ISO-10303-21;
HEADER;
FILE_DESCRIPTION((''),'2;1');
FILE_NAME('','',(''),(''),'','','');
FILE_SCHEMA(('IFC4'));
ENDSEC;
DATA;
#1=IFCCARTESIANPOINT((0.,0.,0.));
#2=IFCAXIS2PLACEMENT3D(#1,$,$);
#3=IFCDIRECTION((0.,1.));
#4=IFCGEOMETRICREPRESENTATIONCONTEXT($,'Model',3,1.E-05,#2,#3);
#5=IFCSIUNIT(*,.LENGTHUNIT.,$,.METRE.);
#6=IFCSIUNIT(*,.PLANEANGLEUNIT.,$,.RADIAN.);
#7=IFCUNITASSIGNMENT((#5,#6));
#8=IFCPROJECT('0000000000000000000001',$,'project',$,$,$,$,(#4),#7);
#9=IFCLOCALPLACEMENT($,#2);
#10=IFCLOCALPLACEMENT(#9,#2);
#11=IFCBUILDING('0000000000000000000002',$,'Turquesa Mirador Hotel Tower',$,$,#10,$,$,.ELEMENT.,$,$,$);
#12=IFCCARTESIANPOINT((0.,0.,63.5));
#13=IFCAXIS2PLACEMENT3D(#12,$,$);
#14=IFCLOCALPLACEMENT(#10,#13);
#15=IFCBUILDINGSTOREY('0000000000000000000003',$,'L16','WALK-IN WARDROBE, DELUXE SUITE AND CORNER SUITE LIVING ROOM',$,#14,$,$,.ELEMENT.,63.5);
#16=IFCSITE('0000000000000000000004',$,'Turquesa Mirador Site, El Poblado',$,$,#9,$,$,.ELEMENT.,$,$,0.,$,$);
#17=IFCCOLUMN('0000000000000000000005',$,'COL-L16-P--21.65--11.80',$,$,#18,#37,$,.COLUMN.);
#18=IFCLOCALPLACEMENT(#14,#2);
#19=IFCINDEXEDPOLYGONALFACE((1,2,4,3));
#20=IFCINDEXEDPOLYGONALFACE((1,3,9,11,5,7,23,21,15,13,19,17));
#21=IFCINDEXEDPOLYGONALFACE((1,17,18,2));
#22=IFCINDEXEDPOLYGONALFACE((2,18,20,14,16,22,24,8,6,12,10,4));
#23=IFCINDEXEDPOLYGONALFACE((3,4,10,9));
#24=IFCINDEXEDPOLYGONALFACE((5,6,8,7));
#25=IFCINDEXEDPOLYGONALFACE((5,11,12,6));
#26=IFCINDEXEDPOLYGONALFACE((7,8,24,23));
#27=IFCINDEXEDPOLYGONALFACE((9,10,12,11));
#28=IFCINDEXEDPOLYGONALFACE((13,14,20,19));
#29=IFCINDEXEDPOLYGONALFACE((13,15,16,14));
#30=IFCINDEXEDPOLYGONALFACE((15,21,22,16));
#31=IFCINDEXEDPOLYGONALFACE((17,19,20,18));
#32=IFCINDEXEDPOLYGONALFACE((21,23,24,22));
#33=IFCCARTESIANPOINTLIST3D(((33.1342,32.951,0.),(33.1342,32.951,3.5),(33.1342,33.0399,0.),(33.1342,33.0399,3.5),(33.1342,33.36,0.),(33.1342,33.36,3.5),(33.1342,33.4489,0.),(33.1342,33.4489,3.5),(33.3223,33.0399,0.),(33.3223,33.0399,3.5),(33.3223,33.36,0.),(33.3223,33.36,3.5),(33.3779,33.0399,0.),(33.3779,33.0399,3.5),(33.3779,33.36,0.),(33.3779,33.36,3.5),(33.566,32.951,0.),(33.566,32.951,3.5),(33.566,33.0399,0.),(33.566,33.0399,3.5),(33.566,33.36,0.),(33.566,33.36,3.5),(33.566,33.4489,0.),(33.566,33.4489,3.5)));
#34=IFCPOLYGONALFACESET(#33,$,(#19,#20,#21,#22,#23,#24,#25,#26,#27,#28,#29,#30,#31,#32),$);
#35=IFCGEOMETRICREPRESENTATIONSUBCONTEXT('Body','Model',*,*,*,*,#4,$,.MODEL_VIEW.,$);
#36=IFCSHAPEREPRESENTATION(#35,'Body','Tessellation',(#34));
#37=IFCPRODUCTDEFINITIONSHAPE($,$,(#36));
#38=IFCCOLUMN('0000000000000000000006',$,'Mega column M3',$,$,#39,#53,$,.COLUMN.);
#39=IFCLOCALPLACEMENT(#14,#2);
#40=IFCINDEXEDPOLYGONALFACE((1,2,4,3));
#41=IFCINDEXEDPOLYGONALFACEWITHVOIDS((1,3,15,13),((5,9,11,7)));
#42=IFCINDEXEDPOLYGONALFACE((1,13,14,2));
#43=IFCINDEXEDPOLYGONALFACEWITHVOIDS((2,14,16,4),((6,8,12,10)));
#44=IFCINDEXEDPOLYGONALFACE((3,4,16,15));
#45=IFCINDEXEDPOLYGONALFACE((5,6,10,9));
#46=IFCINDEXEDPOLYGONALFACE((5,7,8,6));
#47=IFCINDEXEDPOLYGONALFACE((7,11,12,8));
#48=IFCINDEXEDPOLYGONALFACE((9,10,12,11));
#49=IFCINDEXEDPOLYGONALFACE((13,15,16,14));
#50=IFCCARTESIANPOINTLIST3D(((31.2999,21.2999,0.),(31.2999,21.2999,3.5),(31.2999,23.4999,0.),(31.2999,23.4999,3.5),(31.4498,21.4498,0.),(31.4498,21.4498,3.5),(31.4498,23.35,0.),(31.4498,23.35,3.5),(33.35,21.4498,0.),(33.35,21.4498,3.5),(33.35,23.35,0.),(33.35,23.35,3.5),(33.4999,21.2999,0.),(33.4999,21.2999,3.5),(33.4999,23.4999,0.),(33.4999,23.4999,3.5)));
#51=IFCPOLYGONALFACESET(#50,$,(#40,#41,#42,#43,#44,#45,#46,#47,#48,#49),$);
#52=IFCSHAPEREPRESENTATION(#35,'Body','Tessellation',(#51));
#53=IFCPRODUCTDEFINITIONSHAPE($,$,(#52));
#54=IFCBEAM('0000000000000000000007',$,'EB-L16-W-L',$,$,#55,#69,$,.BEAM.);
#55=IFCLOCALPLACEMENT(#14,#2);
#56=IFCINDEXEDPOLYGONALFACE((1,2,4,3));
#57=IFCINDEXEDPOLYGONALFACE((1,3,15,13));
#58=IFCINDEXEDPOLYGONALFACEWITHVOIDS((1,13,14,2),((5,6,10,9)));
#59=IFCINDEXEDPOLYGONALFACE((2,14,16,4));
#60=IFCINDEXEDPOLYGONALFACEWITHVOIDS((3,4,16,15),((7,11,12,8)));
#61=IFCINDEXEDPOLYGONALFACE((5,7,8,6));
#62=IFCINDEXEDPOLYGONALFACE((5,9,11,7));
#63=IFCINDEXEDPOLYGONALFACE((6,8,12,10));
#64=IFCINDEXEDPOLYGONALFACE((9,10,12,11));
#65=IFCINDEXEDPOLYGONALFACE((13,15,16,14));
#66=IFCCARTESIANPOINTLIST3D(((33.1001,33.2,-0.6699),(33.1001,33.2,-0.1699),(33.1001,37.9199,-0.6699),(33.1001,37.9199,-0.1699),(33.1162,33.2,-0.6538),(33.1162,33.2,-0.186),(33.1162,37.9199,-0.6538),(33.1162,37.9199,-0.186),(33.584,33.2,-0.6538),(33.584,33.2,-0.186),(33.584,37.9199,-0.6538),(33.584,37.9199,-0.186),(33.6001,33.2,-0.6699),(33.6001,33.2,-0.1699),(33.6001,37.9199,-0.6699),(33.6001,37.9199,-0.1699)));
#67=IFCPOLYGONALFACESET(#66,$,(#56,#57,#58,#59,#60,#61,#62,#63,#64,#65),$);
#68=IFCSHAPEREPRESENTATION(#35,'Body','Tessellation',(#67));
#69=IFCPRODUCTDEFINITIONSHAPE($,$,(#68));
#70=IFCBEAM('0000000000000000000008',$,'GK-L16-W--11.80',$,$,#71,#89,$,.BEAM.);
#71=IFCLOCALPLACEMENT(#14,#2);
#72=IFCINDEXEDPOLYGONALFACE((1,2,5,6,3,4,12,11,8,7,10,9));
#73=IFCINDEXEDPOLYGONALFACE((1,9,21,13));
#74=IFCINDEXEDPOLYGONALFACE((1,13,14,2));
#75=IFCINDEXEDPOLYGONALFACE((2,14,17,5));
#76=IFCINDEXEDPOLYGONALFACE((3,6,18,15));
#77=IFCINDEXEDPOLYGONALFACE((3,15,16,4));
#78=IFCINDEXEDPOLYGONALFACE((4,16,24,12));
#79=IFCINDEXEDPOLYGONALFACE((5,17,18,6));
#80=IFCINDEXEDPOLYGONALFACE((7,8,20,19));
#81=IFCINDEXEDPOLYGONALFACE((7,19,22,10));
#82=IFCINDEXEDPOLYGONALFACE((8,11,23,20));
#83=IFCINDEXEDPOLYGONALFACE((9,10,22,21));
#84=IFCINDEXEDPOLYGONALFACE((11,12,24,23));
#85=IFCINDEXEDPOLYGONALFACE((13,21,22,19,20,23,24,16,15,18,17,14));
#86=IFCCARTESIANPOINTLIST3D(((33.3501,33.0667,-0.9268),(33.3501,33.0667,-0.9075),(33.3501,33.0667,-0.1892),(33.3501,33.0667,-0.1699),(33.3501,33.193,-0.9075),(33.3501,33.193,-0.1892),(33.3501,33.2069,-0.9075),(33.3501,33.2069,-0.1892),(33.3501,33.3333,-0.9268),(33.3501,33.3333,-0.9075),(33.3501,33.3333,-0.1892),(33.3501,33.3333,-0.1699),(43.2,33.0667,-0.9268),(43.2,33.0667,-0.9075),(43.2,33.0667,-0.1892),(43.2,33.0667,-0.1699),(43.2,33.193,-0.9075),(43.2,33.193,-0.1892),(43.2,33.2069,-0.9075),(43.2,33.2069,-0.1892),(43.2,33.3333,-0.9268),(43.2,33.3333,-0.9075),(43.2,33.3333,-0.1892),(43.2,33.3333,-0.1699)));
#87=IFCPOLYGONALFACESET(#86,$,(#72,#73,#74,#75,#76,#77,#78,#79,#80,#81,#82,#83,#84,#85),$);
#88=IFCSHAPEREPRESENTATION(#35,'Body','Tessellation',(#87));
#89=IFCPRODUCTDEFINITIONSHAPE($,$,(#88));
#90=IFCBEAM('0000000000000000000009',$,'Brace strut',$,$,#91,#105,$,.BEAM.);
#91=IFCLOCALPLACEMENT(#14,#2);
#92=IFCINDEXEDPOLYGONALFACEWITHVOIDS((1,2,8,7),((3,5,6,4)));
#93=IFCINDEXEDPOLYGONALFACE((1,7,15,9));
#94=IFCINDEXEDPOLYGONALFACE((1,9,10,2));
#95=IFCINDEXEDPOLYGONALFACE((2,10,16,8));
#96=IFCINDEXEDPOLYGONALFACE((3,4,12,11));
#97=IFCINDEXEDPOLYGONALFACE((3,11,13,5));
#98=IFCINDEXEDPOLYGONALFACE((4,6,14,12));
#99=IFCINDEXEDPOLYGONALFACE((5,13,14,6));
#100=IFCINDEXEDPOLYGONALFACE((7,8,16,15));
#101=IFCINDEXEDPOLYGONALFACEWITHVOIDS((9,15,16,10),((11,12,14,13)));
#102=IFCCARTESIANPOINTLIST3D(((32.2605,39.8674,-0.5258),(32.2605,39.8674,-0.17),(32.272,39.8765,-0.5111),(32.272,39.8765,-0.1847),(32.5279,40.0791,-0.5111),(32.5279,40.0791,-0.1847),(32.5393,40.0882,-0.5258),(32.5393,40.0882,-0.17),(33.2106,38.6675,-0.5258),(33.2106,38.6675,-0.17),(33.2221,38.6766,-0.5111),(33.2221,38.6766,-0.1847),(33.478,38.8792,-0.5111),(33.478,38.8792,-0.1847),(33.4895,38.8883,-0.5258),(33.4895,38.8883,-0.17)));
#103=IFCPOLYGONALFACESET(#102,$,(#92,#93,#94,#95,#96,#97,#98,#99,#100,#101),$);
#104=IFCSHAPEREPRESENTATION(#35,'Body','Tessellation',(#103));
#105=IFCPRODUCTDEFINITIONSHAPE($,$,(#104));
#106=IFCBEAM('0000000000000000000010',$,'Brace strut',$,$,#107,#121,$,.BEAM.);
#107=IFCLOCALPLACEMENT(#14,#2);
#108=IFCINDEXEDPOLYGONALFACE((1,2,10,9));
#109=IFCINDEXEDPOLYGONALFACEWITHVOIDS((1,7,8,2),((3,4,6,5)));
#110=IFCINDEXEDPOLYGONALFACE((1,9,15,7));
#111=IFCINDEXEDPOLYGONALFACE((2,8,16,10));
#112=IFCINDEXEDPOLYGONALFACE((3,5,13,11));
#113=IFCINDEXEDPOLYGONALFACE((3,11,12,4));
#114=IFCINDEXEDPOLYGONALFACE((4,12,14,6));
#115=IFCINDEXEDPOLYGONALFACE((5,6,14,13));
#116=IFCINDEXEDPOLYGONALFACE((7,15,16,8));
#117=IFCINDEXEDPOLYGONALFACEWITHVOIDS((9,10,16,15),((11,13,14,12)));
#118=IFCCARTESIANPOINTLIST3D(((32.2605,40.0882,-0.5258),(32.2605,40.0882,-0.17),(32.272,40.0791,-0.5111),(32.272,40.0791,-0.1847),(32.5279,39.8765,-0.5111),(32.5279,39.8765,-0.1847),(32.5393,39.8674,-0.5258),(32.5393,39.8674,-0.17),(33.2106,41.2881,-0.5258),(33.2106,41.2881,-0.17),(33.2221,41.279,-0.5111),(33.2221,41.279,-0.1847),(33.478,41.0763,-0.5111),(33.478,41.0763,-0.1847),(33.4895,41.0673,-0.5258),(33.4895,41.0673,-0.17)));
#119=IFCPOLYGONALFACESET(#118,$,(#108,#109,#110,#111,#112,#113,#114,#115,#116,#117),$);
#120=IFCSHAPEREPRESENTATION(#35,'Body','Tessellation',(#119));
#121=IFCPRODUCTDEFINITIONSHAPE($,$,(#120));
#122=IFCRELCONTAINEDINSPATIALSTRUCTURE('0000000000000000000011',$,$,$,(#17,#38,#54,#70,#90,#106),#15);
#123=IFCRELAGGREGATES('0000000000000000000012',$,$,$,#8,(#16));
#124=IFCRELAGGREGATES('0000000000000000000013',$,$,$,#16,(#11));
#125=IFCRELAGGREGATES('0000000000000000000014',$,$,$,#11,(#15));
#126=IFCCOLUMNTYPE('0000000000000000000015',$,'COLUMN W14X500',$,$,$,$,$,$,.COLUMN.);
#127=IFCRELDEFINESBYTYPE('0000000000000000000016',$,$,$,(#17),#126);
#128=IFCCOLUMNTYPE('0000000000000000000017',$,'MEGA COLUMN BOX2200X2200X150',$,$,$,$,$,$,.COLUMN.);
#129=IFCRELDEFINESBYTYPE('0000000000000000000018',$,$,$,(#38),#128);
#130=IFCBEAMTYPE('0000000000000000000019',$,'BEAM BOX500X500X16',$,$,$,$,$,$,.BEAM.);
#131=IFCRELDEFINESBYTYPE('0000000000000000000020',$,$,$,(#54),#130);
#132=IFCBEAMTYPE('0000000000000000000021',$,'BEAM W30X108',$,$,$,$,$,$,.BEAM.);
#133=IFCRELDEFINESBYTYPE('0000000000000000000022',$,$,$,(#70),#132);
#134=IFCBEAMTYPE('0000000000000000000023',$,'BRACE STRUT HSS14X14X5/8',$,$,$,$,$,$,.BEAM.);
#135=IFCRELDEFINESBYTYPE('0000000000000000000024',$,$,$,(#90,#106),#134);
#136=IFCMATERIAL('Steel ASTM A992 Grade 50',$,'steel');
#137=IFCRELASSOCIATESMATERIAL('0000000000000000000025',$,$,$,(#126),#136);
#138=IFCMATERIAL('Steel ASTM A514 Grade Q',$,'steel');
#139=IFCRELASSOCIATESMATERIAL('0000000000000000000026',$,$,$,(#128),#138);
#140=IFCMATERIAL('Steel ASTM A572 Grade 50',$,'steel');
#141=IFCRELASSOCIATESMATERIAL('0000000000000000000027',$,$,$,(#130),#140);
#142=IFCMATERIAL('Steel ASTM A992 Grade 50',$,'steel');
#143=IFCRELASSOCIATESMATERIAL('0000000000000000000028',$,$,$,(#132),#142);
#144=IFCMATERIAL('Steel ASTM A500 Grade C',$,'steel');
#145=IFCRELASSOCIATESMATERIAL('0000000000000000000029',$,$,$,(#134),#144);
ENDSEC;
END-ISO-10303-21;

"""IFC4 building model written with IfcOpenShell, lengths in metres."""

from ifc_helpers import new_model, si_unit, direction, frame, origin, origin_2d, place, context, subcontext, project, spatial, hollow_rectangle, i_section, extrude, material, material_profile, profile_set, type_object, element, save


model = new_model("IFC4")

# Units and contexts
model_context = context("Model", 3, precision=1e-05, world=origin(), true_north=direction((0.0, 1.0)))
body_context = subcontext(model_context, "Body", "Model", "MODEL_VIEW")
ifc_project = project(units=[si_unit("LENGTHUNIT", "METRE"), si_unit("PLANEANGLEUNIT", "RADIAN")], contexts=[model_context])

# Site, building, storey
site_placement = place(None, origin())
site = spatial("IfcSite", under=ifc_project, at=site_placement, Name="Turquesa Mirador Site, El Poblado", CompositionType="ELEMENT", RefElevation=0.0)
building_placement = place(site_placement, origin())
building = spatial("IfcBuilding", under=site, at=building_placement, Name="Turquesa Mirador Hotel Tower", CompositionType="ELEMENT")
storey_placement = place(building_placement, frame((0.0, 0.0, 63.5)))
storey = spatial("IfcBuildingStorey", under=building, at=storey_placement, Name="L16", Description="WALK-IN WARDROBE, DELUXE SUITE AND CORNER SUITE LIVING ROOM", CompositionType="ELEMENT", Elevation=63.5)

# Columns
ifc_material_1 = material(Name="Steel ASTM A992 Grade 50", Category="steel")
ifc_material_profile_1 = material_profile(ifc_material_1, i_section(OverallWidth=0.4319, OverallDepth=0.4978, WebThickness=0.0557, FlangeThickness=0.0889, at=origin_2d()), Name="W14X500")
ifc_profile_set_1 = profile_set([ifc_material_profile_1], Name="Steel ASTM A992 Grade 50")
column_type_1 = type_object("IfcColumnType", Name="COLUMN W14X500", PredefinedType="COLUMN", material=ifc_profile_set_1)
column_1_placement = place(storey_placement, frame((33.3501, 33.2, 0.0), z_axis=(0.0, 0.0, 1.0), x_axis=(1.0, 0.0, 0.0)))
element("IfcColumn", 1, at=column_1_placement, inside=storey, type_object=column_type_1, Name="COL-L16-P--21.65--11.80", PredefinedType="COLUMN", context=body_context, shape_type="SweptSolid", body=[
    extrude(i_section(OverallWidth=0.4319, OverallDepth=0.4978, WebThickness=0.0557, FlangeThickness=0.0889, at=origin_2d()), origin(), (0.0, 0.0, 1.0), 3.5),
])
ifc_material_2 = material(Name="Steel ASTM A514 Grade Q", Category="steel")
ifc_material_profile_2 = material_profile(ifc_material_2, hollow_rectangle(XDim=2.2, YDim=2.2, WallThickness=0.1499, at=origin_2d()), Name="BOX2200X2200X150")
ifc_profile_set_2 = profile_set([ifc_material_profile_2], Name="Steel ASTM A514 Grade Q")
column_type_2 = type_object("IfcColumnType", Name="MEGA COLUMN BOX2200X2200X150", PredefinedType="COLUMN", material=ifc_profile_set_2)
column_2_placement = place(storey_placement, frame((32.3999, 22.3999, 0.0), z_axis=(0.0, 0.0, 1.0), x_axis=(1.0, 0.0, 0.0)))
element("IfcColumn", 2, at=column_2_placement, inside=storey, type_object=column_type_2, Name="Mega column M3", PredefinedType="COLUMN", context=body_context, shape_type="SweptSolid", body=[
    extrude(hollow_rectangle(XDim=2.2, YDim=2.2, WallThickness=0.1499, at=origin_2d()), origin(), (0.0, 0.0, 1.0), 3.5),
])

# Beams
ifc_material_3 = material(Name="Steel ASTM A572 Grade 50", Category="steel")
ifc_material_profile_3 = material_profile(ifc_material_3, hollow_rectangle(XDim=0.5, YDim=0.5, WallThickness=0.0161, at=origin_2d()), Name="BOX500X500X16")
ifc_profile_set_3 = profile_set([ifc_material_profile_3], Name="Steel ASTM A572 Grade 50")
beam_type_1 = type_object("IfcBeamType", Name="BEAM BOX500X500X16", PredefinedType="BEAM", material=ifc_profile_set_3)
beam_1_placement = place(storey_placement, frame((33.3501, 33.2, -0.4199), z_axis=(0.0, 1.0, 0.0), x_axis=(-1.0, 0.0, 0.0)))
element("IfcBeam", 3, at=beam_1_placement, inside=storey, type_object=beam_type_1, Name="EB-L16-W-L", PredefinedType="BEAM", context=body_context, shape_type="SweptSolid", body=[
    extrude(hollow_rectangle(XDim=0.5, YDim=0.5, WallThickness=0.0161, at=origin_2d()), origin(), (0.0, 0.0, 1.0), 4.72),
])
ifc_material_4 = material(Name="Steel ASTM A992 Grade 50", Category="steel")
ifc_material_profile_4 = material_profile(ifc_material_4, i_section(OverallWidth=0.2666, OverallDepth=0.7568, WebThickness=0.0139, FlangeThickness=0.0193, at=origin_2d()), Name="W30X108")
ifc_profile_set_4 = profile_set([ifc_material_profile_4], Name="Steel ASTM A992 Grade 50")
beam_type_2 = type_object("IfcBeamType", Name="BEAM W30X108", PredefinedType="BEAM", material=ifc_profile_set_4)
beam_2_placement = place(storey_placement, frame((33.3501, 33.2, -0.5483), z_axis=(1.0, 0.0, 0.0), x_axis=(0.0, 1.0, 0.0)))
element("IfcBeam", 4, at=beam_2_placement, inside=storey, type_object=beam_type_2, Name="GK-L16-W--11.80", PredefinedType="BEAM", context=body_context, shape_type="SweptSolid", body=[
    extrude(i_section(OverallWidth=0.2666, OverallDepth=0.7568, WebThickness=0.0139, FlangeThickness=0.0193, at=origin_2d()), origin(), (0.0, 0.0, 1.0), 9.8499),
])
ifc_material_5 = material(Name="Steel ASTM A500 Grade C", Category="steel")
ifc_material_profile_5 = material_profile(ifc_material_5, hollow_rectangle(XDim=0.3557, YDim=0.3557, WallThickness=0.0146, at=origin_2d()), Name="HSS14X14X5/8")
ifc_profile_set_5 = profile_set([ifc_material_profile_5], Name="Steel ASTM A500 Grade C")
beam_type_3 = type_object("IfcBeamType", Name="BRACE STRUT HSS14X14X5/8", PredefinedType="BEAM", material=ifc_profile_set_5)
for number, where, z_axis, x_axis, name in (
    (5, (32.3999, 39.9778, -0.3479), (0.620797, -0.783971, 0.0), (0.783971, 0.620797, 0.0), "Brace strut"),
    (6, (32.3999, 39.9778, -0.3479), (0.620797, 0.783971, 0.0), (-0.783971, 0.620797, 0.0), "Brace strut"),
):
    element("IfcBeam", number, at=place(storey_placement, frame(where, z_axis=z_axis, x_axis=x_axis)), inside=storey, type_object=beam_type_3, Name=name, PredefinedType="BEAM", context=body_context, shape_type="SweptSolid", body=[
        extrude(hollow_rectangle(XDim=0.3557, YDim=0.3557, WallThickness=0.0146, at=origin_2d()), origin(), (0.0, 0.0, 1.0), 1.5305),
    ])

save(model, "model.ifc")
